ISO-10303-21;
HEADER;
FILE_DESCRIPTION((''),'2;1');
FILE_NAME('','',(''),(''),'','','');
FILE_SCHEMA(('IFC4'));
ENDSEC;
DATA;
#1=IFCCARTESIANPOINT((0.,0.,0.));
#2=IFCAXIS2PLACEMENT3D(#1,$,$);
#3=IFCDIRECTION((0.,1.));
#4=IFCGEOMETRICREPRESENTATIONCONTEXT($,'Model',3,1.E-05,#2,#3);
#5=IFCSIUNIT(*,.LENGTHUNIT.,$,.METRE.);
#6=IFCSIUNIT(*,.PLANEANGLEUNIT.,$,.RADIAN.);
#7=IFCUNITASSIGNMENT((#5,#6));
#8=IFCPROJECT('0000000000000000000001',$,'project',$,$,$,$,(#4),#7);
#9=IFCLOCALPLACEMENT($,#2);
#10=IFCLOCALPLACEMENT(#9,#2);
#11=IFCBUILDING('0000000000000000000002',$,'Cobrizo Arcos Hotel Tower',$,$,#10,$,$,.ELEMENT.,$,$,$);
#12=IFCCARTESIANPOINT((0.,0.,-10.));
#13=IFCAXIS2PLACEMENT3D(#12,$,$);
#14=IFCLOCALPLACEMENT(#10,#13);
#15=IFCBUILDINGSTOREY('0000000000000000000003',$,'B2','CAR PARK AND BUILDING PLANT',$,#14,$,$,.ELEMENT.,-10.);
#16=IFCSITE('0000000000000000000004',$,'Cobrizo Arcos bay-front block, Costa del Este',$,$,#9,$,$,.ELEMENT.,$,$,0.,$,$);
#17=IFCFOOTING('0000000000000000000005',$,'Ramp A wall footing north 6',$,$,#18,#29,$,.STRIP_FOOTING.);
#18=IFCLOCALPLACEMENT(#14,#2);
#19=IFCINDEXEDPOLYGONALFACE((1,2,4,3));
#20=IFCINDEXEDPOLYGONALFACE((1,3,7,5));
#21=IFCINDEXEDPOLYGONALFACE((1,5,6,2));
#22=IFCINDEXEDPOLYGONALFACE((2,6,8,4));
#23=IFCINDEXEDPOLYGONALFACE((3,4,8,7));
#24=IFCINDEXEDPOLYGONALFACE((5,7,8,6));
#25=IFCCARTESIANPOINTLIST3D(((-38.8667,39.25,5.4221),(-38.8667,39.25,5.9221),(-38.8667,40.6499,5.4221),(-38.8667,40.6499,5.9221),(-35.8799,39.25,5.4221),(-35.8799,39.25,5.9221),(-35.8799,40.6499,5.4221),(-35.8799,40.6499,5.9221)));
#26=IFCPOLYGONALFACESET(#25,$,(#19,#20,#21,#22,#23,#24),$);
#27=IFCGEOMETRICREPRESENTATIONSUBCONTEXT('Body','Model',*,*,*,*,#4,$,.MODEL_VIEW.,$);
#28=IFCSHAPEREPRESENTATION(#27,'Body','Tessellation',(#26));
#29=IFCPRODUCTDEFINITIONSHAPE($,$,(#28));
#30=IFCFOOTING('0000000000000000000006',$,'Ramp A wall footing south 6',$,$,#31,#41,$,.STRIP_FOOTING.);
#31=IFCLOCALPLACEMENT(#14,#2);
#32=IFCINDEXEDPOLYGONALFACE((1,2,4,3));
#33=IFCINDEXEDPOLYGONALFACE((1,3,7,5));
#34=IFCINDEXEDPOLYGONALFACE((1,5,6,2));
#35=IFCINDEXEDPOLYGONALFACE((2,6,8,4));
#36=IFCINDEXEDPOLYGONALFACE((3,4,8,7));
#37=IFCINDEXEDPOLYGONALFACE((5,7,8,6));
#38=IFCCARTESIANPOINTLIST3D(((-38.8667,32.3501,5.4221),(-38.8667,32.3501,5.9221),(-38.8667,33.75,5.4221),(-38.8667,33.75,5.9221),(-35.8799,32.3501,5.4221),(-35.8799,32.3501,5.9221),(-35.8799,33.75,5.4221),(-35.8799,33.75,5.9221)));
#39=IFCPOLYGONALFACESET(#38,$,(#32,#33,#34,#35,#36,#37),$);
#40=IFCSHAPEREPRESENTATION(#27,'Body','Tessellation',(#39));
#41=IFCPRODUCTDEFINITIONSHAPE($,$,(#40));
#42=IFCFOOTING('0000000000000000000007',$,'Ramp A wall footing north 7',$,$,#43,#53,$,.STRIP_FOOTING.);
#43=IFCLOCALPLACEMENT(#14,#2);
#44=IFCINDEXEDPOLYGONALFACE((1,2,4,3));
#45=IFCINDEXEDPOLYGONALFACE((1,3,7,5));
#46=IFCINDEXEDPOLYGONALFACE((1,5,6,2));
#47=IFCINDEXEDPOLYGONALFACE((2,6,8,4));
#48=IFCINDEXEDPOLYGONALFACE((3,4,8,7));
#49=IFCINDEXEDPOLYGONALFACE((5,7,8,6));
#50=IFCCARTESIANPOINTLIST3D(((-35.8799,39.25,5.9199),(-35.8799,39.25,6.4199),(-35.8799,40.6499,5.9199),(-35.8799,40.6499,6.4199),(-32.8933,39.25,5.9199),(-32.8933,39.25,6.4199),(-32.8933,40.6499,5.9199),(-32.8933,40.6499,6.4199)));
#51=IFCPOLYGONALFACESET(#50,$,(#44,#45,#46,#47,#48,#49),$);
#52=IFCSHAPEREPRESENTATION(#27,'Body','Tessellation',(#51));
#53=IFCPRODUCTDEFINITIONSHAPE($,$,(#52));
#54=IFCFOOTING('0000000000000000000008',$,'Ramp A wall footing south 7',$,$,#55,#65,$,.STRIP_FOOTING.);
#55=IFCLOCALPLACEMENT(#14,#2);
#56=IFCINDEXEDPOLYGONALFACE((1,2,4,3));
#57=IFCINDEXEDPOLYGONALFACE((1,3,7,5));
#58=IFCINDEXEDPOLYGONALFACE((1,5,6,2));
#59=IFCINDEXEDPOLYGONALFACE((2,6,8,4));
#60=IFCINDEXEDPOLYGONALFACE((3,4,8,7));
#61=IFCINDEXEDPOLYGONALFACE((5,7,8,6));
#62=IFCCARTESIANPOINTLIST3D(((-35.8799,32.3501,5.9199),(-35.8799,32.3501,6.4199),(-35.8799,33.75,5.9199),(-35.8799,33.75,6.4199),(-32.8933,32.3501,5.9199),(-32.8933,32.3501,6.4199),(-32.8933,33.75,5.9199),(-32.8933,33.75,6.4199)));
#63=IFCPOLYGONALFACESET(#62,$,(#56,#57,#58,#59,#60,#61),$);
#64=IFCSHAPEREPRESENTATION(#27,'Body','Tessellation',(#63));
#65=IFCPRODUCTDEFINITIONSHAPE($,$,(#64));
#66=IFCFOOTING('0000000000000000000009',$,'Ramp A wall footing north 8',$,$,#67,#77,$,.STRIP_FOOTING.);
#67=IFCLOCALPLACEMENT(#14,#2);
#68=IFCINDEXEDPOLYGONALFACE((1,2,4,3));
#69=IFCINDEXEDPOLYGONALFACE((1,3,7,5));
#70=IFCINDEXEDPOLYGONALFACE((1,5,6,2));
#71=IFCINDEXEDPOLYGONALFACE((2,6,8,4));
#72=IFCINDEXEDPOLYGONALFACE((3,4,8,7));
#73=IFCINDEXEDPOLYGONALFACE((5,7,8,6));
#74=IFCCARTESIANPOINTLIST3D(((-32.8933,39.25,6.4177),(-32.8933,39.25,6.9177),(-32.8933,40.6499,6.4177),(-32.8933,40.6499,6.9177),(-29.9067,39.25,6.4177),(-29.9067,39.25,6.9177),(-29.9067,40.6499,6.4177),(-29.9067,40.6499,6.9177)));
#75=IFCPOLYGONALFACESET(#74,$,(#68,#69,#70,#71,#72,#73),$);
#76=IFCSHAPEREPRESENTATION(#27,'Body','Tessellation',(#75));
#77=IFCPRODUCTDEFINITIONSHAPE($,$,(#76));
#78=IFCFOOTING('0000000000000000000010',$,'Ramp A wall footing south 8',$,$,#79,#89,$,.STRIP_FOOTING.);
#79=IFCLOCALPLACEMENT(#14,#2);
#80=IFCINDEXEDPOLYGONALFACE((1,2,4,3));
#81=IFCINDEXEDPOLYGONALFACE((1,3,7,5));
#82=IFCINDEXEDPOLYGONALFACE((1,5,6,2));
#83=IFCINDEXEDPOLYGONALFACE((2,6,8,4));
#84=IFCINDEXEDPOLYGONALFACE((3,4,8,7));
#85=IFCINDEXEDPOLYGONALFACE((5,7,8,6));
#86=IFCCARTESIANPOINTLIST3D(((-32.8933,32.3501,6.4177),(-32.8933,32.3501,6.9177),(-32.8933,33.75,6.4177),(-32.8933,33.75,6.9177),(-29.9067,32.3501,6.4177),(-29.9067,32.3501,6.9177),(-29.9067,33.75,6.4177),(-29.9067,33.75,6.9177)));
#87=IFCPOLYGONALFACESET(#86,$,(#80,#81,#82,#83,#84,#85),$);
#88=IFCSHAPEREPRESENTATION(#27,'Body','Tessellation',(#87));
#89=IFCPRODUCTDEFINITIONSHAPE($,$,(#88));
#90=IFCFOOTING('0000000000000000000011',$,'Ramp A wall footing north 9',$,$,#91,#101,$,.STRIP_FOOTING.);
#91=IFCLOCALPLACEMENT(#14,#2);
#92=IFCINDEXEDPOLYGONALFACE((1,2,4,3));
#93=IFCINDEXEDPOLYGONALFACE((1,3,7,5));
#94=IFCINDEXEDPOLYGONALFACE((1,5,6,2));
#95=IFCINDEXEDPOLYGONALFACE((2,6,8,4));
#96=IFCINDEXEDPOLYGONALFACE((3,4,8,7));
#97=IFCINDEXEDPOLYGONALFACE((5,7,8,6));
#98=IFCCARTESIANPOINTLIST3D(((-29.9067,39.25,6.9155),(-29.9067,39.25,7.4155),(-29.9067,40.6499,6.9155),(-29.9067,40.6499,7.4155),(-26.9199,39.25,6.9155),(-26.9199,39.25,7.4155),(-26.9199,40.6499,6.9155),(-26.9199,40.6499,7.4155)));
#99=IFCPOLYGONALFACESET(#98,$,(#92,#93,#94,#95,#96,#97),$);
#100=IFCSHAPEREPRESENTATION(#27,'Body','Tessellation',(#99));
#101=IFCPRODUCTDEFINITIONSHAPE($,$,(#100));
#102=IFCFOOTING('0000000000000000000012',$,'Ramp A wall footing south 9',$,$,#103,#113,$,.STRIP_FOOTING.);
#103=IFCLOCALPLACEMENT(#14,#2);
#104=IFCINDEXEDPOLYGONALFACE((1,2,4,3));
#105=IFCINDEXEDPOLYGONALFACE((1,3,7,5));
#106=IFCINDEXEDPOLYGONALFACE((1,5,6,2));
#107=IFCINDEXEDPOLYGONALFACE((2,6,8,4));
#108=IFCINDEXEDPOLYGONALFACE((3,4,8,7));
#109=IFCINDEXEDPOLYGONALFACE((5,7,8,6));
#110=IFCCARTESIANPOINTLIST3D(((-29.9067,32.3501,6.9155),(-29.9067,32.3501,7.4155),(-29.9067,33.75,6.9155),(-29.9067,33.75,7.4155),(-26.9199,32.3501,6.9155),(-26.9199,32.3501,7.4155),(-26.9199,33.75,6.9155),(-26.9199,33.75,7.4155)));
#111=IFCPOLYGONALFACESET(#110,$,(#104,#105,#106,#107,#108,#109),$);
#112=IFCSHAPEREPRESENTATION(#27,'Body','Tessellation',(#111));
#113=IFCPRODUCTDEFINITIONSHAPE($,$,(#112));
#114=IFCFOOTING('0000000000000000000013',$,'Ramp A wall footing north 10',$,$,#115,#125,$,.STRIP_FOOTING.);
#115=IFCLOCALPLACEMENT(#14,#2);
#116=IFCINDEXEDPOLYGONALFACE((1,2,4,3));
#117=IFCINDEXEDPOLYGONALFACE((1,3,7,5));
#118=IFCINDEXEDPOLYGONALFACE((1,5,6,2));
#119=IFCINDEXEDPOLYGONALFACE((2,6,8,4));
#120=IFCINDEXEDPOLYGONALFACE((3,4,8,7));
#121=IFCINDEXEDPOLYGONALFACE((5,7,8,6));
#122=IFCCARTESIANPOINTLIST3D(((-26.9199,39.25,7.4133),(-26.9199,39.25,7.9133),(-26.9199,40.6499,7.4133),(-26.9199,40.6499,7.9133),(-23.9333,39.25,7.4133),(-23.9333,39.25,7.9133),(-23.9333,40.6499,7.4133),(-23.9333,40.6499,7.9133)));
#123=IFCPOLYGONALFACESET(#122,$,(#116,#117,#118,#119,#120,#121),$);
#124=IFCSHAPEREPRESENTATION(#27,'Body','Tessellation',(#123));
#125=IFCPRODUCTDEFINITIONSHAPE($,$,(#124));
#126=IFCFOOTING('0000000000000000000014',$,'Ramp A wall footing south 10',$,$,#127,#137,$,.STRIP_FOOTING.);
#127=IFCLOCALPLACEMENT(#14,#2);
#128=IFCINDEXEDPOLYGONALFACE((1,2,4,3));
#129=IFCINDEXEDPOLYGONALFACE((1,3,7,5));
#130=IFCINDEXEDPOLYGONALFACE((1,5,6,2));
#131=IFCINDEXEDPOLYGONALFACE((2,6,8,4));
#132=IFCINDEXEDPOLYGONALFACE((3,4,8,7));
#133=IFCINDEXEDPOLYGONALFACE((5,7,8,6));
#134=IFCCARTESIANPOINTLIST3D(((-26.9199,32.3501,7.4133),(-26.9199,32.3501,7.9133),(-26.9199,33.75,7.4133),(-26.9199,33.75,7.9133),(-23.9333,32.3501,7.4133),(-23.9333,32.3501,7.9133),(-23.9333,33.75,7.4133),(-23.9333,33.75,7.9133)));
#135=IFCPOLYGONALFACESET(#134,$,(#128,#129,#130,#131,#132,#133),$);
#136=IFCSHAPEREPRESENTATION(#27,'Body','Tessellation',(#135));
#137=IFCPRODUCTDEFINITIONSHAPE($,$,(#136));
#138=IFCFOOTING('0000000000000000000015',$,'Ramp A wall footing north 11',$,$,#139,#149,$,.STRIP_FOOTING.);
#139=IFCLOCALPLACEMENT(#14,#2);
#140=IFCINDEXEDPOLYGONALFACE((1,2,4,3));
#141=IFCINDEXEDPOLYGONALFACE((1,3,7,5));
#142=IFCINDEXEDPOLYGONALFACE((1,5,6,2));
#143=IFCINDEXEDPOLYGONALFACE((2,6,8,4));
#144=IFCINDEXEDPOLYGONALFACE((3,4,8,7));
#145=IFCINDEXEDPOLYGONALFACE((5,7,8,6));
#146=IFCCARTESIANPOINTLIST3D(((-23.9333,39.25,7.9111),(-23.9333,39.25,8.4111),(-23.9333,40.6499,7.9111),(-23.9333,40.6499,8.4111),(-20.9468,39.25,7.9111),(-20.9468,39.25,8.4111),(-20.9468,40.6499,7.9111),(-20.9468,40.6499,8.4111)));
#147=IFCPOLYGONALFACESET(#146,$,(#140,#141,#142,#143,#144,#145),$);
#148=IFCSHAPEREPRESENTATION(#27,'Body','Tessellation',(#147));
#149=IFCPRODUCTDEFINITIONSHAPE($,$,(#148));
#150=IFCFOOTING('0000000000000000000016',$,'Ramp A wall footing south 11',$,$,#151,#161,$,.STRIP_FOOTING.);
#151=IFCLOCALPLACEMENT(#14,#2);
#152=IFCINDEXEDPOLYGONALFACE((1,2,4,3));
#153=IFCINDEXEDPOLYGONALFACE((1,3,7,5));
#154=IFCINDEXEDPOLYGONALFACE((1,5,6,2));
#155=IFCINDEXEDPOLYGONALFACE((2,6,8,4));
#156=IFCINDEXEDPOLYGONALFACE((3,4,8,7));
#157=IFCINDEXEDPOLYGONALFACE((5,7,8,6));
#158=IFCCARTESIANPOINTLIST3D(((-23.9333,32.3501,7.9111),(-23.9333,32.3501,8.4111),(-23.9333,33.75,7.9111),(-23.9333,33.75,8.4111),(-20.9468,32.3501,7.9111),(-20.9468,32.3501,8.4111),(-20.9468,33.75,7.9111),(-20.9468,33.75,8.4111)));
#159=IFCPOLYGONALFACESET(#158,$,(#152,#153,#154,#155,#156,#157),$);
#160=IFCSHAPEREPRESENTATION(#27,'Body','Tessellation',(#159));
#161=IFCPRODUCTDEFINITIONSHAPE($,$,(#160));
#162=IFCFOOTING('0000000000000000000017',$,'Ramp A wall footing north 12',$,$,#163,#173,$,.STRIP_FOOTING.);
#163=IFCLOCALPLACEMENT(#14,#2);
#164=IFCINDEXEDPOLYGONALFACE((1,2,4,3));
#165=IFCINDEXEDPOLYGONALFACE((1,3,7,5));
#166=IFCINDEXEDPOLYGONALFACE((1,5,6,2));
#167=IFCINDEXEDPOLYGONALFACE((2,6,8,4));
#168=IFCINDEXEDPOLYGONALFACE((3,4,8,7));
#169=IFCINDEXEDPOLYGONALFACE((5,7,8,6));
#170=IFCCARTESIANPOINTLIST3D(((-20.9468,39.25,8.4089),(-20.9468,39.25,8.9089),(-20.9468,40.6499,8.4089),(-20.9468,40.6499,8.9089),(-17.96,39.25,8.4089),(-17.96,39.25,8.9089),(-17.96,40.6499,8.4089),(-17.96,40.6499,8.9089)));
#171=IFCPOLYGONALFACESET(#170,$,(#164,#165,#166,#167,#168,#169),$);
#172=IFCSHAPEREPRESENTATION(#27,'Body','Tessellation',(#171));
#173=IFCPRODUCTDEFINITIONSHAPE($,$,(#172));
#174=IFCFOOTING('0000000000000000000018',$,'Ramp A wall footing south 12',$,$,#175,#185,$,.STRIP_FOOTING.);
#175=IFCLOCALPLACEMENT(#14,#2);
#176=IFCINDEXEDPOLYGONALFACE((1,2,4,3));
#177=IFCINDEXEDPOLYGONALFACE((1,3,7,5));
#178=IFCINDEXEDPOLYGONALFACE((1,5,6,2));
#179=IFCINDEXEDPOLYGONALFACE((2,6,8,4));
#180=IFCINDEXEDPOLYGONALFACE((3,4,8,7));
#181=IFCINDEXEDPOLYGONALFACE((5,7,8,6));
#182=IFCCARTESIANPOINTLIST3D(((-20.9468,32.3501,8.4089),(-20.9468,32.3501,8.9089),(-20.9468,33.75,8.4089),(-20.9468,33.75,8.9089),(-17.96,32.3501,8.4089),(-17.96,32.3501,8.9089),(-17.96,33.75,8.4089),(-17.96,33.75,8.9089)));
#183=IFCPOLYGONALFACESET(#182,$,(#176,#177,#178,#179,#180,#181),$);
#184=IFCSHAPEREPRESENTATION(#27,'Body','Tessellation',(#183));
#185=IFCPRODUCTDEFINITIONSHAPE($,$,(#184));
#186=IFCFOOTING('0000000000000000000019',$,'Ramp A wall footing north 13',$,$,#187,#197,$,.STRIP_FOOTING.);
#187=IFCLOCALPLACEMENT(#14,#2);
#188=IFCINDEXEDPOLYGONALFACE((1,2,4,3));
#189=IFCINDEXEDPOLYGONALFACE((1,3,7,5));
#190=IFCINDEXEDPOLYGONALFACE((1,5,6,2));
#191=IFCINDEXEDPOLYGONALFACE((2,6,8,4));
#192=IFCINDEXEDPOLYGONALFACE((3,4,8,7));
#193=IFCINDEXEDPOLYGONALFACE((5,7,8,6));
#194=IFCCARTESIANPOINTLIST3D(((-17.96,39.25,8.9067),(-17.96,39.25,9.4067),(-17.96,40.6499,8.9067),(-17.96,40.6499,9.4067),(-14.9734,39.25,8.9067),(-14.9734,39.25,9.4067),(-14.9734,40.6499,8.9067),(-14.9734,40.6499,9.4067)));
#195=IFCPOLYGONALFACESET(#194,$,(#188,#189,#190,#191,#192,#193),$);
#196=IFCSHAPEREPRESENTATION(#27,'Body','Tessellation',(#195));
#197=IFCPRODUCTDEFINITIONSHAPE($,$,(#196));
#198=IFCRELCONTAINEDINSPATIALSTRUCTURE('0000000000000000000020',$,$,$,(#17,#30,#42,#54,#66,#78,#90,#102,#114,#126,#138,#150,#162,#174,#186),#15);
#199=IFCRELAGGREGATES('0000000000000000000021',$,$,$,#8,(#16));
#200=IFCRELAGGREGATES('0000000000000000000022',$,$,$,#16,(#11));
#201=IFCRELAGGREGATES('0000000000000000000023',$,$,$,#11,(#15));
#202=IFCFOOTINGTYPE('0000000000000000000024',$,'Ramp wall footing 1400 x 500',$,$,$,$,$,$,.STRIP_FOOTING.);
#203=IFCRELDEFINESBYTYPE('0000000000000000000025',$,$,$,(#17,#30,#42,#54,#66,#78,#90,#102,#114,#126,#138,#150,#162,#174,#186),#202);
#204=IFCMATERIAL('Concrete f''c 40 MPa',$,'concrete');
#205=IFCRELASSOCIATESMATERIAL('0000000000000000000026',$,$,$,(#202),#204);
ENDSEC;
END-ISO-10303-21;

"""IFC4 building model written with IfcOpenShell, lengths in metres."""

from ifc_helpers import new_model, si_unit, direction, frame, origin, place, context, subcontext, project, spatial, polyline, outline, extrude, material, type_object, element, save


model = new_model("IFC4")

# Units and contexts
model_context = context("Model", 3, precision=1e-05, world=origin(), true_north=direction((0.0, 1.0)))
body_context = subcontext(model_context, "Body", "Model", "MODEL_VIEW")
ifc_project = project(units=[si_unit("LENGTHUNIT", "METRE"), si_unit("PLANEANGLEUNIT", "RADIAN")], contexts=[model_context])

# Site, building, storey
site_placement = place(None, origin())
site = spatial("IfcSite", under=ifc_project, at=site_placement, Name="Cobrizo Arcos bay-front block, Costa del Este", CompositionType="ELEMENT", RefElevation=0.0)
building_placement = place(site_placement, origin())
building = spatial("IfcBuilding", under=site, at=building_placement, Name="Cobrizo Arcos Hotel Tower", CompositionType="ELEMENT")
storey_placement = place(building_placement, frame((0.0, 0.0, -10.0)))
storey = spatial("IfcBuildingStorey", under=building, at=storey_placement, Name="B2", Description="CAR PARK AND BUILDING PLANT", CompositionType="ELEMENT", Elevation=-10.0)

# Footings
ifc_material = material(Name="Concrete f'c 40 MPa", Category="concrete")
footing_type = type_object("IfcFootingType", Name="Ramp wall footing 1400 x 500", PredefinedType="STRIP_FOOTING", material=ifc_material)
footing_1_placement = place(storey_placement, frame((0.0, 0.0, 5.4221)))
element("IfcFooting", 1, at=footing_1_placement, inside=storey, type_object=footing_type, Name="Ramp A wall footing north 6", PredefinedType="STRIP_FOOTING", context=body_context, shape_type="SweptSolid", body=[
    extrude(outline(polyline([(-35.8799, 40.6499), (-35.8799, 39.25), (-38.8667, 39.25), (-38.8667, 40.6499), (-35.8799, 40.6499)])), origin(), (0.0, 0.0, 1.0), 0.5),
])
footing_2_placement = place(storey_placement, frame((0.0, 0.0, 5.4221)))
element("IfcFooting", 2, at=footing_2_placement, inside=storey, type_object=footing_type, Name="Ramp A wall footing south 6", PredefinedType="STRIP_FOOTING", context=body_context, shape_type="SweptSolid", body=[
    extrude(outline(polyline([(-35.8799, 33.75), (-35.8799, 32.3501), (-38.8667, 32.3501), (-38.8667, 33.75), (-35.8799, 33.75)])), origin(), (0.0, 0.0, 1.0), 0.5),
])
footing_3_placement = place(storey_placement, frame((0.0, 0.0, 5.9199)))
element("IfcFooting", 3, at=footing_3_placement, inside=storey, type_object=footing_type, Name="Ramp A wall footing north 7", PredefinedType="STRIP_FOOTING", context=body_context, shape_type="SweptSolid", body=[
    extrude(outline(polyline([(-32.8933, 40.6499), (-32.8933, 39.25), (-35.8799, 39.25), (-35.8799, 40.6499), (-32.8933, 40.6499)])), origin(), (0.0, 0.0, 1.0), 0.5),
])
footing_4_placement = place(storey_placement, frame((0.0, 0.0, 5.9199)))
element("IfcFooting", 4, at=footing_4_placement, inside=storey, type_object=footing_type, Name="Ramp A wall footing south 7", PredefinedType="STRIP_FOOTING", context=body_context, shape_type="SweptSolid", body=[
    extrude(outline(polyline([(-32.8933, 33.75), (-32.8933, 32.3501), (-35.8799, 32.3501), (-35.8799, 33.75), (-32.8933, 33.75)])), origin(), (0.0, 0.0, 1.0), 0.5),
])
footing_5_placement = place(storey_placement, frame((0.0, 0.0, 6.4177)))
element("IfcFooting", 5, at=footing_5_placement, inside=storey, type_object=footing_type, Name="Ramp A wall footing north 8", PredefinedType="STRIP_FOOTING", context=body_context, shape_type="SweptSolid", body=[
    extrude(outline(polyline([(-29.9067, 40.6499), (-29.9067, 39.25), (-32.8933, 39.25), (-32.8933, 40.6499), (-29.9067, 40.6499)])), origin(), (0.0, 0.0, 1.0), 0.5),
])
footing_6_placement = place(storey_placement, frame((0.0, 0.0, 6.4177)))
element("IfcFooting", 6, at=footing_6_placement, inside=storey, type_object=footing_type, Name="Ramp A wall footing south 8", PredefinedType="STRIP_FOOTING", context=body_context, shape_type="SweptSolid", body=[
    extrude(outline(polyline([(-29.9067, 33.75), (-29.9067, 32.3501), (-32.8933, 32.3501), (-32.8933, 33.75), (-29.9067, 33.75)])), origin(), (0.0, 0.0, 1.0), 0.5),
])
footing_7_placement = place(storey_placement, frame((0.0, 0.0, 6.9155)))
element("IfcFooting", 7, at=footing_7_placement, inside=storey, type_object=footing_type, Name="Ramp A wall footing north 9", PredefinedType="STRIP_FOOTING", context=body_context, shape_type="SweptSolid", body=[
    extrude(outline(polyline([(-26.9199, 40.6499), (-26.9199, 39.25), (-29.9067, 39.25), (-29.9067, 40.6499), (-26.9199, 40.6499)])), origin(), (0.0, 0.0, 1.0), 0.5),
])
footing_8_placement = place(storey_placement, frame((0.0, 0.0, 6.9155)))
element("IfcFooting", 8, at=footing_8_placement, inside=storey, type_object=footing_type, Name="Ramp A wall footing south 9", PredefinedType="STRIP_FOOTING", context=body_context, shape_type="SweptSolid", body=[
    extrude(outline(polyline([(-26.9199, 33.75), (-26.9199, 32.3501), (-29.9067, 32.3501), (-29.9067, 33.75), (-26.9199, 33.75)])), origin(), (0.0, 0.0, 1.0), 0.5),
])
footing_9_placement = place(storey_placement, frame((0.0, 0.0, 7.4133)))
element("IfcFooting", 9, at=footing_9_placement, inside=storey, type_object=footing_type, Name="Ramp A wall footing north 10", PredefinedType="STRIP_FOOTING", context=body_context, shape_type="SweptSolid", body=[
    extrude(outline(polyline([(-23.9333, 40.6499), (-23.9333, 39.25), (-26.9199, 39.25), (-26.9199, 40.6499), (-23.9333, 40.6499)])), origin(), (0.0, 0.0, 1.0), 0.5),
])
footing_10_placement = place(storey_placement, frame((0.0, 0.0, 7.4133)))
element("IfcFooting", 10, at=footing_10_placement, inside=storey, type_object=footing_type, Name="Ramp A wall footing south 10", PredefinedType="STRIP_FOOTING", context=body_context, shape_type="SweptSolid", body=[
    extrude(outline(polyline([(-23.9333, 33.75), (-23.9333, 32.3501), (-26.9199, 32.3501), (-26.9199, 33.75), (-23.9333, 33.75)])), origin(), (0.0, 0.0, 1.0), 0.5),
])
footing_11_placement = place(storey_placement, frame((0.0, 0.0, 7.9111)))
element("IfcFooting", 11, at=footing_11_placement, inside=storey, type_object=footing_type, Name="Ramp A wall footing north 11", PredefinedType="STRIP_FOOTING", context=body_context, shape_type="SweptSolid", body=[
    extrude(outline(polyline([(-20.9468, 40.6499), (-20.9468, 39.25), (-23.9333, 39.25), (-23.9333, 40.6499), (-20.9468, 40.6499)])), origin(), (0.0, 0.0, 1.0), 0.5),
])
footing_12_placement = place(storey_placement, frame((0.0, 0.0, 7.9111)))
element("IfcFooting", 12, at=footing_12_placement, inside=storey, type_object=footing_type, Name="Ramp A wall footing south 11", PredefinedType="STRIP_FOOTING", context=body_context, shape_type="SweptSolid", body=[
    extrude(outline(polyline([(-20.9468, 33.75), (-20.9468, 32.3501), (-23.9333, 32.3501), (-23.9333, 33.75), (-20.9468, 33.75)])), origin(), (0.0, 0.0, 1.0), 0.5),
])
footing_13_placement = place(storey_placement, frame((0.0, 0.0, 8.4089)))
element("IfcFooting", 13, at=footing_13_placement, inside=storey, type_object=footing_type, Name="Ramp A wall footing north 12", PredefinedType="STRIP_FOOTING", context=body_context, shape_type="SweptSolid", body=[
    extrude(outline(polyline([(-17.96, 40.6499), (-17.96, 39.25), (-20.9468, 39.25), (-20.9468, 40.6499), (-17.96, 40.6499)])), origin(), (0.0, 0.0, 1.0), 0.5),
])
footing_14_placement = place(storey_placement, frame((0.0, 0.0, 8.4089)))
element("IfcFooting", 14, at=footing_14_placement, inside=storey, type_object=footing_type, Name="Ramp A wall footing south 12", PredefinedType="STRIP_FOOTING", context=body_context, shape_type="SweptSolid", body=[
    extrude(outline(polyline([(-17.96, 33.75), (-17.96, 32.3501), (-20.9468, 32.3501), (-20.9468, 33.75), (-17.96, 33.75)])), origin(), (0.0, 0.0, 1.0), 0.5),
])
footing_15_placement = place(storey_placement, frame((0.0, 0.0, 8.9067)))
element("IfcFooting", 15, at=footing_15_placement, inside=storey, type_object=footing_type, Name="Ramp A wall footing north 13", PredefinedType="STRIP_FOOTING", context=body_context, shape_type="SweptSolid", body=[
    extrude(outline(polyline([(-14.9734, 40.6499), (-14.9734, 39.25), (-17.96, 39.25), (-17.96, 40.6499), (-14.9734, 40.6499)])), origin(), (0.0, 0.0, 1.0), 0.5),
])

save(model, "model.ifc")
